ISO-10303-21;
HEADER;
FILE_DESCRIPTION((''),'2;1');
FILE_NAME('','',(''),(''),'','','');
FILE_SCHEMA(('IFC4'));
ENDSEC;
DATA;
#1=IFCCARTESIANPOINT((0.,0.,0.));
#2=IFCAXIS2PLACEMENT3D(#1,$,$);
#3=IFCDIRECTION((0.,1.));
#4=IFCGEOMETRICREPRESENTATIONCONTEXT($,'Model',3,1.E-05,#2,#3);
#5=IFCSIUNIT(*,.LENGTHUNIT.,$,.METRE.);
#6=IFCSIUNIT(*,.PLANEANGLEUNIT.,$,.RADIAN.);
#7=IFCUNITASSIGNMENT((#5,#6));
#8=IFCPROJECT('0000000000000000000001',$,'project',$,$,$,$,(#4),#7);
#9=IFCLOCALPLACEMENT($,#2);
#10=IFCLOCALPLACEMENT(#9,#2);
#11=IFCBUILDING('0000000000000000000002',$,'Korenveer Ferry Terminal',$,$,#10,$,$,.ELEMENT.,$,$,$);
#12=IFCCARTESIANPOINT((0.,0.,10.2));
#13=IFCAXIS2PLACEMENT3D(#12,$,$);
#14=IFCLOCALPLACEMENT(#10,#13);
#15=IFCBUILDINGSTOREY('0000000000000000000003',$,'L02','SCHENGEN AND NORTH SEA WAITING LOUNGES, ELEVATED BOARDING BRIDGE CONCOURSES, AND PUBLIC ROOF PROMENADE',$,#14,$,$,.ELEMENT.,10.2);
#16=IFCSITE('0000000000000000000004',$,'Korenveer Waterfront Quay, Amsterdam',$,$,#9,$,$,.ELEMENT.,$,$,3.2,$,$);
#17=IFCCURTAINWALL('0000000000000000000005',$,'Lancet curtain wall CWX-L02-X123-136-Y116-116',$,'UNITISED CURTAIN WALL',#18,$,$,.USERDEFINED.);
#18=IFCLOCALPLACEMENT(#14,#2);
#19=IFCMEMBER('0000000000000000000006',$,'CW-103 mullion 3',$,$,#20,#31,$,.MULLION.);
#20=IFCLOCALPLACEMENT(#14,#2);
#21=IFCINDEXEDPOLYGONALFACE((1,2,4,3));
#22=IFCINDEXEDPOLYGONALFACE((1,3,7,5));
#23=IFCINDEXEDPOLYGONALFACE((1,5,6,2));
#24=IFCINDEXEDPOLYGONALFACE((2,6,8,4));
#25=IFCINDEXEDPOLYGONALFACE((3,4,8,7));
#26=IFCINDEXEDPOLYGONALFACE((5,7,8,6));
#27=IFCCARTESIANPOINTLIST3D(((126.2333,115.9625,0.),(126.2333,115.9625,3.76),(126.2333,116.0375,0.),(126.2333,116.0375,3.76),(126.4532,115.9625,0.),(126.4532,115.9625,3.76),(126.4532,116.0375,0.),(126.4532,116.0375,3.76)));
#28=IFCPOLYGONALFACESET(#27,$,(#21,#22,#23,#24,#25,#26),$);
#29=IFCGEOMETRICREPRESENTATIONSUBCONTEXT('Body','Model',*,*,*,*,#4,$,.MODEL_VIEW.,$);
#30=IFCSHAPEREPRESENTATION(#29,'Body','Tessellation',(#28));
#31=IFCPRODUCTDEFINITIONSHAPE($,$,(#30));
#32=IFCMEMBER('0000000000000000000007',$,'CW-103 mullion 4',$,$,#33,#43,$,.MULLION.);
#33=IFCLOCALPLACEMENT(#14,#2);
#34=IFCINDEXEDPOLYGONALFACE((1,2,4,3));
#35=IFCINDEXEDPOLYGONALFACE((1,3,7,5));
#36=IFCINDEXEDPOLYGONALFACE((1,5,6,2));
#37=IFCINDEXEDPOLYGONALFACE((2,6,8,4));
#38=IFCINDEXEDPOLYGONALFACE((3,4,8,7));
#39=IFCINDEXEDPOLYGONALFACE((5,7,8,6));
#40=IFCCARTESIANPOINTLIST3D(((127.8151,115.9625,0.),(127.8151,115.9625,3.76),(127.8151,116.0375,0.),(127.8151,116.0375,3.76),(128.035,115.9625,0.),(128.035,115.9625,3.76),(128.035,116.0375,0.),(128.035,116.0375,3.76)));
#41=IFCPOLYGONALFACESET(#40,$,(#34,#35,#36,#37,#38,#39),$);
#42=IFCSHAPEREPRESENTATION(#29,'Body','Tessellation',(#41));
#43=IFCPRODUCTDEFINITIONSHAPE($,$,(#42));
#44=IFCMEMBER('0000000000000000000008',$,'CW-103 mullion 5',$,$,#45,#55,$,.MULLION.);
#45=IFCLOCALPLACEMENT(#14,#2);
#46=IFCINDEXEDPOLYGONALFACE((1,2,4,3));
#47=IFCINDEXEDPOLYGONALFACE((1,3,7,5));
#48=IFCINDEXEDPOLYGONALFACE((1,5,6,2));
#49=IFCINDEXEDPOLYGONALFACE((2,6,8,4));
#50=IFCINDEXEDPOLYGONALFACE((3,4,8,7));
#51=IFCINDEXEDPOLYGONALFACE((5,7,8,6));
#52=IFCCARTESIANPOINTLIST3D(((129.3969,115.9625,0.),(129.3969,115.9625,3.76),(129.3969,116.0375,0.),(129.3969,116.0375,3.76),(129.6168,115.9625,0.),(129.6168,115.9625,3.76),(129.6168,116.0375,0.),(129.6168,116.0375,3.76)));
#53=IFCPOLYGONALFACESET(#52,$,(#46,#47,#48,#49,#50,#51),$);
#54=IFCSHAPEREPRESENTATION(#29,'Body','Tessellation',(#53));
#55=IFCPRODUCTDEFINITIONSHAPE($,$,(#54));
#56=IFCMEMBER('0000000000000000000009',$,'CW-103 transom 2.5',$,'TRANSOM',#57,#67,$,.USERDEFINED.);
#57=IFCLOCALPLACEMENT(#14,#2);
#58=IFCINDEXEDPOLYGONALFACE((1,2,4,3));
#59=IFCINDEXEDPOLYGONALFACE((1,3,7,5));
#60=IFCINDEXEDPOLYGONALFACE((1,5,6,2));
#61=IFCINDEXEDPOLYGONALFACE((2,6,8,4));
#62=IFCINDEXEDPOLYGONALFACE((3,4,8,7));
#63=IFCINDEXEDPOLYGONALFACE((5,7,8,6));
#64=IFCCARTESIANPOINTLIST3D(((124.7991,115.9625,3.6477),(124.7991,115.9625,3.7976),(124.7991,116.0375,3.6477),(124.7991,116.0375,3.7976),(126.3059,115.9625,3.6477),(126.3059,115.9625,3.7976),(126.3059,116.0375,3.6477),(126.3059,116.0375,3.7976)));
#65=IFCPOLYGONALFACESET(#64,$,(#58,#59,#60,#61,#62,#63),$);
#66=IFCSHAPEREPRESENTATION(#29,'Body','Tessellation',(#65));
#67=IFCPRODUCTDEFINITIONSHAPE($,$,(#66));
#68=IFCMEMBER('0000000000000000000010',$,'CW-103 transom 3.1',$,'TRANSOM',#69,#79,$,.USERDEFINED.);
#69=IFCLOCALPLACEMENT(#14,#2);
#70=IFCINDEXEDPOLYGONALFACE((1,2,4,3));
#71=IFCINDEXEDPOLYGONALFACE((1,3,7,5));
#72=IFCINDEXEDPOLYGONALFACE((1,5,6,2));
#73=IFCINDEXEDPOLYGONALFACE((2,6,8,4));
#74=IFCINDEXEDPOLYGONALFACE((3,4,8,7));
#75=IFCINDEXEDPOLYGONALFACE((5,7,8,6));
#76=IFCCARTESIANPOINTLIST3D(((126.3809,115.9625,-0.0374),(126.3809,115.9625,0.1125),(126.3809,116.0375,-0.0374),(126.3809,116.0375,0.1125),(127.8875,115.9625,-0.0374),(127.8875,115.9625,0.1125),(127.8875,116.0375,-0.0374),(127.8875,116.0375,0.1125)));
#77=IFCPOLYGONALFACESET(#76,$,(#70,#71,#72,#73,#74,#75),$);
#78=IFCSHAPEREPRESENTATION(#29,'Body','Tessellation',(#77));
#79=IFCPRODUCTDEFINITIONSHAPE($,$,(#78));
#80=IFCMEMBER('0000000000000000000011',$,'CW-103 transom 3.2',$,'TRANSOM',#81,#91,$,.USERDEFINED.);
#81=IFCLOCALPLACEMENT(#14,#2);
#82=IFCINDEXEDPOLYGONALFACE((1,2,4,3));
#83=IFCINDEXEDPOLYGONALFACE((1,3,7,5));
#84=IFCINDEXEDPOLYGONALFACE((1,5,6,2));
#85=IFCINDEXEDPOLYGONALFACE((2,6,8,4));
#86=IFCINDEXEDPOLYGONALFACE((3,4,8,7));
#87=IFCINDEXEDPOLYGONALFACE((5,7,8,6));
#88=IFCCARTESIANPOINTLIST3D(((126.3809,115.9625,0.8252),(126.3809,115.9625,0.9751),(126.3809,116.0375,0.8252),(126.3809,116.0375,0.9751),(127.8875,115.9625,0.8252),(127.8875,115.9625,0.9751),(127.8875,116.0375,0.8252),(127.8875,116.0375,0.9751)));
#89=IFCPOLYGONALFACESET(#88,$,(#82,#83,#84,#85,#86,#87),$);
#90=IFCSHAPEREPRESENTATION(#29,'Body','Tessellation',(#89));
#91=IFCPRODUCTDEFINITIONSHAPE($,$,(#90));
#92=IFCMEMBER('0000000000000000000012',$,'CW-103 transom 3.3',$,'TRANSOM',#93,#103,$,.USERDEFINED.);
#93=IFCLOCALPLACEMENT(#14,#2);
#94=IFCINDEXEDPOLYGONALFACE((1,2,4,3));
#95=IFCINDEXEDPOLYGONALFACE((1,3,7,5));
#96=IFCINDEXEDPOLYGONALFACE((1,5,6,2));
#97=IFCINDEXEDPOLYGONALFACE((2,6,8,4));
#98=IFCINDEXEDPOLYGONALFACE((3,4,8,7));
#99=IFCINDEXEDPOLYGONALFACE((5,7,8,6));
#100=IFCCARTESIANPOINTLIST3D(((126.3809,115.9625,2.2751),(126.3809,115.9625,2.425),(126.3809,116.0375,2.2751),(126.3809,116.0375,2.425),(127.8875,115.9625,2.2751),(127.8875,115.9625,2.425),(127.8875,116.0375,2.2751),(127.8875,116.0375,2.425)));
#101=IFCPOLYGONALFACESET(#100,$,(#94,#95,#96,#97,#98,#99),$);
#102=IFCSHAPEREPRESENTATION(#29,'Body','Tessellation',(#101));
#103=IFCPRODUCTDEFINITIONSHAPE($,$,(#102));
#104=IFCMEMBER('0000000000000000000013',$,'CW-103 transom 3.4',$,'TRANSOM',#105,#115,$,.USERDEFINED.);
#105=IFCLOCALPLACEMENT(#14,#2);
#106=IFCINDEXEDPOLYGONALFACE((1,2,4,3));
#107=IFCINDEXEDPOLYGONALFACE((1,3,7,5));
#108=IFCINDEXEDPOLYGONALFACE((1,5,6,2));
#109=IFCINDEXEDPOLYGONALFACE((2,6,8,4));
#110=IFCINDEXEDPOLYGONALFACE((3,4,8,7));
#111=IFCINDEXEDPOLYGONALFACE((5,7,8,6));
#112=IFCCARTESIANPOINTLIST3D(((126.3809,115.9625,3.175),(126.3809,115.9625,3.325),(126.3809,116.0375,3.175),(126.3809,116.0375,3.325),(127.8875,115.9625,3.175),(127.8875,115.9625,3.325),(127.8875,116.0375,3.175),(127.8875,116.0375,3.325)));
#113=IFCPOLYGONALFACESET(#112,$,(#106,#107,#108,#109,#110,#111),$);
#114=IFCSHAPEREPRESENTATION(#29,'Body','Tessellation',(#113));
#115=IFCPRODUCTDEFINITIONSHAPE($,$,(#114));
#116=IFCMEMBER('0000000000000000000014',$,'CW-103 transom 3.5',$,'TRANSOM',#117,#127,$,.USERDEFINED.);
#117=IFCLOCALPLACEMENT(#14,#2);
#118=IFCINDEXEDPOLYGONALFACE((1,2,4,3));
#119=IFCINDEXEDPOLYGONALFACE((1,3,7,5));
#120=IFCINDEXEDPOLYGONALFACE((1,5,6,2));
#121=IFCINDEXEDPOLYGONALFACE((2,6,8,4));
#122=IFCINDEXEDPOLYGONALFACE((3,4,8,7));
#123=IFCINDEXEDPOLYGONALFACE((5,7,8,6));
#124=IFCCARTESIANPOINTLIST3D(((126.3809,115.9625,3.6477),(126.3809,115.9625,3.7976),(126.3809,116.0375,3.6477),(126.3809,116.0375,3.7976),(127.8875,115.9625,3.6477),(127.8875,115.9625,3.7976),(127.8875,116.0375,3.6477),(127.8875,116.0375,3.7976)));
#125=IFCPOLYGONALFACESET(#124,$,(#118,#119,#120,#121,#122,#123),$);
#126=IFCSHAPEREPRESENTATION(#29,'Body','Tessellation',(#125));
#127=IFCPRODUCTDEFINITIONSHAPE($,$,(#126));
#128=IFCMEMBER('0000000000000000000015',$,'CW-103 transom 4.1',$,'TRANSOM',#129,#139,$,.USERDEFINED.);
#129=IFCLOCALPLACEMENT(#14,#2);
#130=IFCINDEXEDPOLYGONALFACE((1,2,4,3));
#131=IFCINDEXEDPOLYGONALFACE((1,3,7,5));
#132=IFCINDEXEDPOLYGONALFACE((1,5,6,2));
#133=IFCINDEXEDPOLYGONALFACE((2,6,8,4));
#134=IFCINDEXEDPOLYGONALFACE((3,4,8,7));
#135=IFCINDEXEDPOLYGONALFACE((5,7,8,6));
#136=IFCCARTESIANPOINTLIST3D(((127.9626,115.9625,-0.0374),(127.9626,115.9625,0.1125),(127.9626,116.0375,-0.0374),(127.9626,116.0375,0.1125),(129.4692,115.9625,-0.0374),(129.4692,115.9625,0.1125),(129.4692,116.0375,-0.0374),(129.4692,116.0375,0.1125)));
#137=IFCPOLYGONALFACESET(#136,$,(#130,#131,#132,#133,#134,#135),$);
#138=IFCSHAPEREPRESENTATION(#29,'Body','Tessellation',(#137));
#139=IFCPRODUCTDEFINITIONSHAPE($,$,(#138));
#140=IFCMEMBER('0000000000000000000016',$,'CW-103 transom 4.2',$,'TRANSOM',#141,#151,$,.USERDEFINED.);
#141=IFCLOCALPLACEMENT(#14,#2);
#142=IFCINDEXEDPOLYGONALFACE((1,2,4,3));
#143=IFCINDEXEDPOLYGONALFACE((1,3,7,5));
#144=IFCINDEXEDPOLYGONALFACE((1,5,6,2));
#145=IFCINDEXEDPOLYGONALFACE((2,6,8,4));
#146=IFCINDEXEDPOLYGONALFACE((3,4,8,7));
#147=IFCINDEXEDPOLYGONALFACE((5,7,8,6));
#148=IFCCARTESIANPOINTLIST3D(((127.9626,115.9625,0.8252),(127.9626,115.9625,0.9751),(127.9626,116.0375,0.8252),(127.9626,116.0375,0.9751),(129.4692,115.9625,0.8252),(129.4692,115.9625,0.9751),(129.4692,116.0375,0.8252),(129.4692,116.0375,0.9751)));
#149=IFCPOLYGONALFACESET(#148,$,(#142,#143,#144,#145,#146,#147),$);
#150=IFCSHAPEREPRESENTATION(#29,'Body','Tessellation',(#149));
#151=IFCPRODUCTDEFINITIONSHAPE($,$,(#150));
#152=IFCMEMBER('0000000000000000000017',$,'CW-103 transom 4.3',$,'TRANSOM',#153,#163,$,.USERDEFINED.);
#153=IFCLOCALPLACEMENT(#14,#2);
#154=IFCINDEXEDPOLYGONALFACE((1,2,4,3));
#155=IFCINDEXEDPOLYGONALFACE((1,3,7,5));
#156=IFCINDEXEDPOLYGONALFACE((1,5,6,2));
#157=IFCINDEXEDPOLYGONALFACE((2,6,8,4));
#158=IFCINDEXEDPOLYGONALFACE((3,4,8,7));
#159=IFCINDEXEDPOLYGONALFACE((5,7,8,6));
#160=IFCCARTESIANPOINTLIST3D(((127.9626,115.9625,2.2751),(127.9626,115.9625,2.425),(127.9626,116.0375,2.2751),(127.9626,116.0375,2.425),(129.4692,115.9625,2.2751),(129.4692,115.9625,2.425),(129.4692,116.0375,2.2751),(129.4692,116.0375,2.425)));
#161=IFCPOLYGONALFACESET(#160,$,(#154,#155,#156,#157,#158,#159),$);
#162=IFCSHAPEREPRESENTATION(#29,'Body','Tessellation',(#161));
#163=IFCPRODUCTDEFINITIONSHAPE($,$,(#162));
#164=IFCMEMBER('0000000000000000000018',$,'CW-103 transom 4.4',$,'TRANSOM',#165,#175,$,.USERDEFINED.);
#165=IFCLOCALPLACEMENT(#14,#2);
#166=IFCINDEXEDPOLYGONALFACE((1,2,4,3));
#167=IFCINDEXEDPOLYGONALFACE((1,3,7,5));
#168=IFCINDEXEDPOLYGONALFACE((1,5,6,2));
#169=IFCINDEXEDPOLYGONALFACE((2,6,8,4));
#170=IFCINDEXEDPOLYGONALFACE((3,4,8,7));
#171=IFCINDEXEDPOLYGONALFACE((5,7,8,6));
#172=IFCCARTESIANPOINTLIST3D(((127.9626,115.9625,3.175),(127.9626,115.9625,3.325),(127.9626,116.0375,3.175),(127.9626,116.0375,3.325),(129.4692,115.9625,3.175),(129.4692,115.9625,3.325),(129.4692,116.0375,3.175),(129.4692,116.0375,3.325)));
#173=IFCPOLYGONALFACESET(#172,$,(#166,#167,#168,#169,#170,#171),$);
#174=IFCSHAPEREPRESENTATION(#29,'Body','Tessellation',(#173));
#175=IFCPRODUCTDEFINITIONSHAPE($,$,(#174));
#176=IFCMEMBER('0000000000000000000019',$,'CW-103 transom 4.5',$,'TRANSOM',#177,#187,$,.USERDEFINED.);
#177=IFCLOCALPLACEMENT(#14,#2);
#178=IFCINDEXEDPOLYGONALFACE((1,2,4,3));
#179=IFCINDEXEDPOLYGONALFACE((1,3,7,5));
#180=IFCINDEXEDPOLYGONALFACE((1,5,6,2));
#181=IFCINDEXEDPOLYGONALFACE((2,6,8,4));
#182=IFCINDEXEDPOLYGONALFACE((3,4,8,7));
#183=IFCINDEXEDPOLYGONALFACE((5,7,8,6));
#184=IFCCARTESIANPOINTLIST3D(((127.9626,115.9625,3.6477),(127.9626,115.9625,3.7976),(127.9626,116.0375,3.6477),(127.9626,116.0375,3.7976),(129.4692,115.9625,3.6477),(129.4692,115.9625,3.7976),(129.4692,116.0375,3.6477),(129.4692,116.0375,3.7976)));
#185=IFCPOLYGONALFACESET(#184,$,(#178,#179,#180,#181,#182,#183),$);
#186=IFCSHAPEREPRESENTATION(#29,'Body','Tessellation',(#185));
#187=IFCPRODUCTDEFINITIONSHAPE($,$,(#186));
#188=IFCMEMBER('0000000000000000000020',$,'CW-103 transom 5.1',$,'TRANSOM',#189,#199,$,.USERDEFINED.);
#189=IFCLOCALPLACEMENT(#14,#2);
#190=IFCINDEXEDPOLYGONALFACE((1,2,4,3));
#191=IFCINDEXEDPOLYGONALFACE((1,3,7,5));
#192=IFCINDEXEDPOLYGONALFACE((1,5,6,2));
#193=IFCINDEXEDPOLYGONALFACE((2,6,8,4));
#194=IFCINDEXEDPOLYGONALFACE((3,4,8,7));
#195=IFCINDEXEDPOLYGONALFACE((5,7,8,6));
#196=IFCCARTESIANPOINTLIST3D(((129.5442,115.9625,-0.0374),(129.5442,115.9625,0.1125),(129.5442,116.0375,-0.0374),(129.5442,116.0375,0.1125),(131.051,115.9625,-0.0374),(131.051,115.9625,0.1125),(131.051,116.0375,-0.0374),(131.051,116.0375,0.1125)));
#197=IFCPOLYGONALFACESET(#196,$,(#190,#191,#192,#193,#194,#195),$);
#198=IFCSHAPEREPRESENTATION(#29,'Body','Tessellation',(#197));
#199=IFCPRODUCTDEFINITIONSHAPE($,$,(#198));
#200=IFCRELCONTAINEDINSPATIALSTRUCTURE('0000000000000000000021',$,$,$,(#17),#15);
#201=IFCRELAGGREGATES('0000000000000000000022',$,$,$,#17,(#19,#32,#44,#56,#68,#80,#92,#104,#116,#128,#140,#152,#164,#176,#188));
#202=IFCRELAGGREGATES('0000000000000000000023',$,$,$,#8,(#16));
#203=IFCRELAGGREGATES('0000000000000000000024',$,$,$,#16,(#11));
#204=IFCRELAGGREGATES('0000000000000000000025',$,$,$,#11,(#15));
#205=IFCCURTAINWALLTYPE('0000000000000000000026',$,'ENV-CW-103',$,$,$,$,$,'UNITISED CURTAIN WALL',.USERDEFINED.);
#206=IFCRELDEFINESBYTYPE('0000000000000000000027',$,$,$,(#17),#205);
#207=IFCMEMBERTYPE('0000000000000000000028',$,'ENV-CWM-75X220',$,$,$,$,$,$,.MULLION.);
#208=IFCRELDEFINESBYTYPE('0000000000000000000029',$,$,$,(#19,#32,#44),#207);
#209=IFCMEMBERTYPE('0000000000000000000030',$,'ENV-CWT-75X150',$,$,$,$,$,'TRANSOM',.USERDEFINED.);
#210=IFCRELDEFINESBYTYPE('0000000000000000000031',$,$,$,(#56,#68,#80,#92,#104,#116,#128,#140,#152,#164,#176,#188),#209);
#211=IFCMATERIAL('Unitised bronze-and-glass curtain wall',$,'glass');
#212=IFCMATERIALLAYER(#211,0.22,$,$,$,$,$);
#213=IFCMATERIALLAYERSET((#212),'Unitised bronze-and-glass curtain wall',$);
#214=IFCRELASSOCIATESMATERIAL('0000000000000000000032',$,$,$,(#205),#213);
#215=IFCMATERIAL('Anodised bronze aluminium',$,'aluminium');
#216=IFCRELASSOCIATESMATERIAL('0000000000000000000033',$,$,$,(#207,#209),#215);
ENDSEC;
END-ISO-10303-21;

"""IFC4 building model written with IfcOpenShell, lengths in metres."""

from ifc_helpers import new_model, si_unit, direction, frame, origin, origin_2d, place, context, subcontext, project, spatial, rectangle, extrude, material, layer, layer_set, material_profile, profile_set, type_object, element, aggregate, save


model = new_model("IFC4")

# Units and contexts
model_context = context("Model", 3, precision=1e-05, world=origin(), true_north=direction((0.0, 1.0)))
body_context = subcontext(model_context, "Body", "Model", "MODEL_VIEW")
ifc_project = project(units=[si_unit("LENGTHUNIT", "METRE"), si_unit("PLANEANGLEUNIT", "RADIAN")], contexts=[model_context])

# Site, building, storey
site_placement = place(None, origin())
site = spatial("IfcSite", under=ifc_project, at=site_placement, Name="Korenveer Waterfront Quay, Amsterdam", CompositionType="ELEMENT", RefElevation=3.2)
building_placement = place(site_placement, origin())
building = spatial("IfcBuilding", under=site, at=building_placement, Name="Korenveer Ferry Terminal", CompositionType="ELEMENT")
storey_placement = place(building_placement, frame((0.0, 0.0, 10.2)))
storey = spatial("IfcBuildingStorey", under=building, at=storey_placement, Name="L02", Description="SCHENGEN AND NORTH SEA WAITING LOUNGES, ELEVATED BOARDING BRIDGE CONCOURSES, AND PUBLIC ROOF PROMENADE", CompositionType="ELEMENT", Elevation=10.2)

# Curtain wall, members
ifc_material_1 = material(Name="Unitised bronze-and-glass curtain wall", Category="glass")
ifc_layer_1 = layer(ifc_material_1, 0.22)
ifc_layer_set_1 = layer_set([ifc_layer_1], Name="Unitised bronze-and-glass curtain wall")
curtain_wall_type = type_object("IfcCurtainWallType", Name="ENV-CW-103", ElementType="UNITISED CURTAIN WALL", PredefinedType="USERDEFINED", material=ifc_layer_set_1)
curtain_wall_placement = place(storey_placement, frame((123.1799, 116.0, 0.0)))
curtain_wall = element("IfcCurtainWall", 1, at=curtain_wall_placement, inside=storey, type_object=curtain_wall_type, Name="Lancet curtain wall CWX-L02-X123-136-Y116-116", ObjectType="UNITISED CURTAIN WALL", PredefinedType="USERDEFINED")
ifc_material_2 = material(Name="Anodised bronze aluminium", Category="aluminium")
ifc_material_profile_1 = material_profile(ifc_material_2, rectangle(XDim=0.075, YDim=0.22, at=origin_2d()), Name="ALU 75x220")
ifc_profile_set_1 = profile_set([ifc_material_profile_1], Name="Anodised bronze aluminium")
member_type_1 = type_object("IfcMemberType", Name="ENV-CWM-75X220", PredefinedType="MULLION", material=ifc_profile_set_1)
member_1_placement = place(storey_placement, frame((126.3433, 116.0, 0.0), z_axis=(0.0, 0.0, 1.0), x_axis=(0.0, 1.0, 0.0)))
member_1 = element("IfcMember", 2, at=member_1_placement, type_object=member_type_1, Name="CW-103 mullion 3", PredefinedType="MULLION", context=body_context, shape_type="SweptSolid", body=[
    extrude(rectangle(XDim=0.075, YDim=0.22, at=origin_2d()), origin(), (0.0, 0.0, 1.0), 3.76),
])
member_2_placement = place(storey_placement, frame((127.925, 116.0, 0.0), z_axis=(0.0, 0.0, 1.0), x_axis=(0.0, 1.0, 0.0)))
member_2 = element("IfcMember", 3, at=member_2_placement, type_object=member_type_1, Name="CW-103 mullion 4", PredefinedType="MULLION", context=body_context, shape_type="SweptSolid", body=[
    extrude(rectangle(XDim=0.075, YDim=0.22, at=origin_2d()), origin(), (0.0, 0.0, 1.0), 3.76),
])
member_3_placement = place(storey_placement, frame((129.5068, 116.0, 0.0), z_axis=(0.0, 0.0, 1.0), x_axis=(0.0, 1.0, 0.0)))
member_3 = element("IfcMember", 4, at=member_3_placement, type_object=member_type_1, Name="CW-103 mullion 5", PredefinedType="MULLION", context=body_context, shape_type="SweptSolid", body=[
    extrude(rectangle(XDim=0.075, YDim=0.22, at=origin_2d()), origin(), (0.0, 0.0, 1.0), 3.76),
])
ifc_material_profile_2 = material_profile(ifc_material_2, rectangle(XDim=0.075, YDim=0.1499, at=origin_2d()), Name="ALU 75x150")
ifc_profile_set_2 = profile_set([ifc_material_profile_2], Name="Anodised bronze aluminium")
member_type_2 = type_object("IfcMemberType", Name="ENV-CWT-75X150", ElementType="TRANSOM", PredefinedType="USERDEFINED", material=ifc_profile_set_2)
member_4_placement = place(storey_placement, frame((124.7991, 116.0, 3.7227), z_axis=(1.0, 0.0, 0.0), x_axis=(0.0, 1.0, 0.0)))
member_4 = element("IfcMember", 5, at=member_4_placement, type_object=member_type_2, Name="CW-103 transom 2.5", ObjectType="TRANSOM", PredefinedType="USERDEFINED", context=body_context, shape_type="SweptSolid", body=[
    extrude(rectangle(XDim=0.075, YDim=0.1499, at=origin_2d()), origin(), (0.0, 0.0, 1.0), 1.5068),
])
member_5_placement = place(storey_placement, frame((126.3809, 116.0, 0.0376), z_axis=(1.0, 0.0, 0.0), x_axis=(0.0, 1.0, 0.0)))
member_5 = element("IfcMember", 6, at=member_5_placement, type_object=member_type_2, Name="CW-103 transom 3.1", ObjectType="TRANSOM", PredefinedType="USERDEFINED", context=body_context, shape_type="SweptSolid", body=[
    extrude(rectangle(XDim=0.075, YDim=0.1499, at=origin_2d()), origin(), (0.0, 0.0, 1.0), 1.5066),
])
member_6_placement = place(storey_placement, frame((126.3809, 116.0, 0.9001), z_axis=(1.0, 0.0, 0.0), x_axis=(0.0, 1.0, 0.0)))
member_6 = element("IfcMember", 7, at=member_6_placement, type_object=member_type_2, Name="CW-103 transom 3.2", ObjectType="TRANSOM", PredefinedType="USERDEFINED", context=body_context, shape_type="SweptSolid", body=[
    extrude(rectangle(XDim=0.075, YDim=0.1499, at=origin_2d()), origin(), (0.0, 0.0, 1.0), 1.5066),
])
member_7_placement = place(storey_placement, frame((126.3809, 116.0, 2.3501), z_axis=(1.0, 0.0, 0.0), x_axis=(0.0, 1.0, 0.0)))
member_7 = element("IfcMember", 8, at=member_7_placement, type_object=member_type_2, Name="CW-103 transom 3.3", ObjectType="TRANSOM", PredefinedType="USERDEFINED", context=body_context, shape_type="SweptSolid", body=[
    extrude(rectangle(XDim=0.075, YDim=0.1499, at=origin_2d()), origin(), (0.0, 0.0, 1.0), 1.5066),
])
member_8_placement = place(storey_placement, frame((126.3809, 116.0, 3.25), z_axis=(1.0, 0.0, 0.0), x_axis=(0.0, 1.0, 0.0)))
member_8 = element("IfcMember", 9, at=member_8_placement, type_object=member_type_2, Name="CW-103 transom 3.4", ObjectType="TRANSOM", PredefinedType="USERDEFINED", context=body_context, shape_type="SweptSolid", body=[
    extrude(rectangle(XDim=0.075, YDim=0.1499, at=origin_2d()), origin(), (0.0, 0.0, 1.0), 1.5066),
])
member_9_placement = place(storey_placement, frame((126.3809, 116.0, 3.7227), z_axis=(1.0, 0.0, 0.0), x_axis=(0.0, 1.0, 0.0)))
member_9 = element("IfcMember", 10, at=member_9_placement, type_object=member_type_2, Name="CW-103 transom 3.5", ObjectType="TRANSOM", PredefinedType="USERDEFINED", context=body_context, shape_type="SweptSolid", body=[
    extrude(rectangle(XDim=0.075, YDim=0.1499, at=origin_2d()), origin(), (0.0, 0.0, 1.0), 1.5066),
])
member_10_placement = place(storey_placement, frame((127.9626, 116.0, 0.0376), z_axis=(1.0, 0.0, 0.0), x_axis=(0.0, 1.0, 0.0)))
member_10 = element("IfcMember", 11, at=member_10_placement, type_object=member_type_2, Name="CW-103 transom 4.1", ObjectType="TRANSOM", PredefinedType="USERDEFINED", context=body_context, shape_type="SweptSolid", body=[
    extrude(rectangle(XDim=0.075, YDim=0.1499, at=origin_2d()), origin(), (0.0, 0.0, 1.0), 1.5066),
])
member_11_placement = place(storey_placement, frame((127.9626, 116.0, 0.9001), z_axis=(1.0, 0.0, 0.0), x_axis=(0.0, 1.0, 0.0)))
member_11 = element("IfcMember", 12, at=member_11_placement, type_object=member_type_2, Name="CW-103 transom 4.2", ObjectType="TRANSOM", PredefinedType="USERDEFINED", context=body_context, shape_type="SweptSolid", body=[
    extrude(rectangle(XDim=0.075, YDim=0.1499, at=origin_2d()), origin(), (0.0, 0.0, 1.0), 1.5066),
])
member_12_placement = place(storey_placement, frame((127.9626, 116.0, 2.3501), z_axis=(1.0, 0.0, 0.0), x_axis=(0.0, 1.0, 0.0)))
member_12 = element("IfcMember", 13, at=member_12_placement, type_object=member_type_2, Name="CW-103 transom 4.3", ObjectType="TRANSOM", PredefinedType="USERDEFINED", context=body_context, shape_type="SweptSolid", body=[
    extrude(rectangle(XDim=0.075, YDim=0.1499, at=origin_2d()), origin(), (0.0, 0.0, 1.0), 1.5066),
])
member_13_placement = place(storey_placement, frame((127.9626, 116.0, 3.25), z_axis=(1.0, 0.0, 0.0), x_axis=(0.0, 1.0, 0.0)))
member_13 = element("IfcMember", 14, at=member_13_placement, type_object=member_type_2, Name="CW-103 transom 4.4", ObjectType="TRANSOM", PredefinedType="USERDEFINED", context=body_context, shape_type="SweptSolid", body=[
    extrude(rectangle(XDim=0.075, YDim=0.1499, at=origin_2d()), origin(), (0.0, 0.0, 1.0), 1.5066),
])
member_14_placement = place(storey_placement, frame((127.9626, 116.0, 3.7227), z_axis=(1.0, 0.0, 0.0), x_axis=(0.0, 1.0, 0.0)))
member_14 = element("IfcMember", 15, at=member_14_placement, type_object=member_type_2, Name="CW-103 transom 4.5", ObjectType="TRANSOM", PredefinedType="USERDEFINED", context=body_context, shape_type="SweptSolid", body=[
    extrude(rectangle(XDim=0.075, YDim=0.1499, at=origin_2d()), origin(), (0.0, 0.0, 1.0), 1.5066),
])
member_15_placement = place(storey_placement, frame((129.5442, 116.0, 0.0376), z_axis=(1.0, 0.0, 0.0), x_axis=(0.0, 1.0, 0.0)))
member_15 = element("IfcMember", 16, at=member_15_placement, type_object=member_type_2, Name="CW-103 transom 5.1", ObjectType="TRANSOM", PredefinedType="USERDEFINED", context=body_context, shape_type="SweptSolid", body=[
    extrude(rectangle(XDim=0.075, YDim=0.1499, at=origin_2d()), origin(), (0.0, 0.0, 1.0), 1.5068),
])
aggregate(curtain_wall, [member_1, member_2, member_3, member_4, member_5, member_6, member_7, member_8, member_9, member_10, member_11, member_12, member_13, member_14, member_15])

save(model, "model.ifc")
